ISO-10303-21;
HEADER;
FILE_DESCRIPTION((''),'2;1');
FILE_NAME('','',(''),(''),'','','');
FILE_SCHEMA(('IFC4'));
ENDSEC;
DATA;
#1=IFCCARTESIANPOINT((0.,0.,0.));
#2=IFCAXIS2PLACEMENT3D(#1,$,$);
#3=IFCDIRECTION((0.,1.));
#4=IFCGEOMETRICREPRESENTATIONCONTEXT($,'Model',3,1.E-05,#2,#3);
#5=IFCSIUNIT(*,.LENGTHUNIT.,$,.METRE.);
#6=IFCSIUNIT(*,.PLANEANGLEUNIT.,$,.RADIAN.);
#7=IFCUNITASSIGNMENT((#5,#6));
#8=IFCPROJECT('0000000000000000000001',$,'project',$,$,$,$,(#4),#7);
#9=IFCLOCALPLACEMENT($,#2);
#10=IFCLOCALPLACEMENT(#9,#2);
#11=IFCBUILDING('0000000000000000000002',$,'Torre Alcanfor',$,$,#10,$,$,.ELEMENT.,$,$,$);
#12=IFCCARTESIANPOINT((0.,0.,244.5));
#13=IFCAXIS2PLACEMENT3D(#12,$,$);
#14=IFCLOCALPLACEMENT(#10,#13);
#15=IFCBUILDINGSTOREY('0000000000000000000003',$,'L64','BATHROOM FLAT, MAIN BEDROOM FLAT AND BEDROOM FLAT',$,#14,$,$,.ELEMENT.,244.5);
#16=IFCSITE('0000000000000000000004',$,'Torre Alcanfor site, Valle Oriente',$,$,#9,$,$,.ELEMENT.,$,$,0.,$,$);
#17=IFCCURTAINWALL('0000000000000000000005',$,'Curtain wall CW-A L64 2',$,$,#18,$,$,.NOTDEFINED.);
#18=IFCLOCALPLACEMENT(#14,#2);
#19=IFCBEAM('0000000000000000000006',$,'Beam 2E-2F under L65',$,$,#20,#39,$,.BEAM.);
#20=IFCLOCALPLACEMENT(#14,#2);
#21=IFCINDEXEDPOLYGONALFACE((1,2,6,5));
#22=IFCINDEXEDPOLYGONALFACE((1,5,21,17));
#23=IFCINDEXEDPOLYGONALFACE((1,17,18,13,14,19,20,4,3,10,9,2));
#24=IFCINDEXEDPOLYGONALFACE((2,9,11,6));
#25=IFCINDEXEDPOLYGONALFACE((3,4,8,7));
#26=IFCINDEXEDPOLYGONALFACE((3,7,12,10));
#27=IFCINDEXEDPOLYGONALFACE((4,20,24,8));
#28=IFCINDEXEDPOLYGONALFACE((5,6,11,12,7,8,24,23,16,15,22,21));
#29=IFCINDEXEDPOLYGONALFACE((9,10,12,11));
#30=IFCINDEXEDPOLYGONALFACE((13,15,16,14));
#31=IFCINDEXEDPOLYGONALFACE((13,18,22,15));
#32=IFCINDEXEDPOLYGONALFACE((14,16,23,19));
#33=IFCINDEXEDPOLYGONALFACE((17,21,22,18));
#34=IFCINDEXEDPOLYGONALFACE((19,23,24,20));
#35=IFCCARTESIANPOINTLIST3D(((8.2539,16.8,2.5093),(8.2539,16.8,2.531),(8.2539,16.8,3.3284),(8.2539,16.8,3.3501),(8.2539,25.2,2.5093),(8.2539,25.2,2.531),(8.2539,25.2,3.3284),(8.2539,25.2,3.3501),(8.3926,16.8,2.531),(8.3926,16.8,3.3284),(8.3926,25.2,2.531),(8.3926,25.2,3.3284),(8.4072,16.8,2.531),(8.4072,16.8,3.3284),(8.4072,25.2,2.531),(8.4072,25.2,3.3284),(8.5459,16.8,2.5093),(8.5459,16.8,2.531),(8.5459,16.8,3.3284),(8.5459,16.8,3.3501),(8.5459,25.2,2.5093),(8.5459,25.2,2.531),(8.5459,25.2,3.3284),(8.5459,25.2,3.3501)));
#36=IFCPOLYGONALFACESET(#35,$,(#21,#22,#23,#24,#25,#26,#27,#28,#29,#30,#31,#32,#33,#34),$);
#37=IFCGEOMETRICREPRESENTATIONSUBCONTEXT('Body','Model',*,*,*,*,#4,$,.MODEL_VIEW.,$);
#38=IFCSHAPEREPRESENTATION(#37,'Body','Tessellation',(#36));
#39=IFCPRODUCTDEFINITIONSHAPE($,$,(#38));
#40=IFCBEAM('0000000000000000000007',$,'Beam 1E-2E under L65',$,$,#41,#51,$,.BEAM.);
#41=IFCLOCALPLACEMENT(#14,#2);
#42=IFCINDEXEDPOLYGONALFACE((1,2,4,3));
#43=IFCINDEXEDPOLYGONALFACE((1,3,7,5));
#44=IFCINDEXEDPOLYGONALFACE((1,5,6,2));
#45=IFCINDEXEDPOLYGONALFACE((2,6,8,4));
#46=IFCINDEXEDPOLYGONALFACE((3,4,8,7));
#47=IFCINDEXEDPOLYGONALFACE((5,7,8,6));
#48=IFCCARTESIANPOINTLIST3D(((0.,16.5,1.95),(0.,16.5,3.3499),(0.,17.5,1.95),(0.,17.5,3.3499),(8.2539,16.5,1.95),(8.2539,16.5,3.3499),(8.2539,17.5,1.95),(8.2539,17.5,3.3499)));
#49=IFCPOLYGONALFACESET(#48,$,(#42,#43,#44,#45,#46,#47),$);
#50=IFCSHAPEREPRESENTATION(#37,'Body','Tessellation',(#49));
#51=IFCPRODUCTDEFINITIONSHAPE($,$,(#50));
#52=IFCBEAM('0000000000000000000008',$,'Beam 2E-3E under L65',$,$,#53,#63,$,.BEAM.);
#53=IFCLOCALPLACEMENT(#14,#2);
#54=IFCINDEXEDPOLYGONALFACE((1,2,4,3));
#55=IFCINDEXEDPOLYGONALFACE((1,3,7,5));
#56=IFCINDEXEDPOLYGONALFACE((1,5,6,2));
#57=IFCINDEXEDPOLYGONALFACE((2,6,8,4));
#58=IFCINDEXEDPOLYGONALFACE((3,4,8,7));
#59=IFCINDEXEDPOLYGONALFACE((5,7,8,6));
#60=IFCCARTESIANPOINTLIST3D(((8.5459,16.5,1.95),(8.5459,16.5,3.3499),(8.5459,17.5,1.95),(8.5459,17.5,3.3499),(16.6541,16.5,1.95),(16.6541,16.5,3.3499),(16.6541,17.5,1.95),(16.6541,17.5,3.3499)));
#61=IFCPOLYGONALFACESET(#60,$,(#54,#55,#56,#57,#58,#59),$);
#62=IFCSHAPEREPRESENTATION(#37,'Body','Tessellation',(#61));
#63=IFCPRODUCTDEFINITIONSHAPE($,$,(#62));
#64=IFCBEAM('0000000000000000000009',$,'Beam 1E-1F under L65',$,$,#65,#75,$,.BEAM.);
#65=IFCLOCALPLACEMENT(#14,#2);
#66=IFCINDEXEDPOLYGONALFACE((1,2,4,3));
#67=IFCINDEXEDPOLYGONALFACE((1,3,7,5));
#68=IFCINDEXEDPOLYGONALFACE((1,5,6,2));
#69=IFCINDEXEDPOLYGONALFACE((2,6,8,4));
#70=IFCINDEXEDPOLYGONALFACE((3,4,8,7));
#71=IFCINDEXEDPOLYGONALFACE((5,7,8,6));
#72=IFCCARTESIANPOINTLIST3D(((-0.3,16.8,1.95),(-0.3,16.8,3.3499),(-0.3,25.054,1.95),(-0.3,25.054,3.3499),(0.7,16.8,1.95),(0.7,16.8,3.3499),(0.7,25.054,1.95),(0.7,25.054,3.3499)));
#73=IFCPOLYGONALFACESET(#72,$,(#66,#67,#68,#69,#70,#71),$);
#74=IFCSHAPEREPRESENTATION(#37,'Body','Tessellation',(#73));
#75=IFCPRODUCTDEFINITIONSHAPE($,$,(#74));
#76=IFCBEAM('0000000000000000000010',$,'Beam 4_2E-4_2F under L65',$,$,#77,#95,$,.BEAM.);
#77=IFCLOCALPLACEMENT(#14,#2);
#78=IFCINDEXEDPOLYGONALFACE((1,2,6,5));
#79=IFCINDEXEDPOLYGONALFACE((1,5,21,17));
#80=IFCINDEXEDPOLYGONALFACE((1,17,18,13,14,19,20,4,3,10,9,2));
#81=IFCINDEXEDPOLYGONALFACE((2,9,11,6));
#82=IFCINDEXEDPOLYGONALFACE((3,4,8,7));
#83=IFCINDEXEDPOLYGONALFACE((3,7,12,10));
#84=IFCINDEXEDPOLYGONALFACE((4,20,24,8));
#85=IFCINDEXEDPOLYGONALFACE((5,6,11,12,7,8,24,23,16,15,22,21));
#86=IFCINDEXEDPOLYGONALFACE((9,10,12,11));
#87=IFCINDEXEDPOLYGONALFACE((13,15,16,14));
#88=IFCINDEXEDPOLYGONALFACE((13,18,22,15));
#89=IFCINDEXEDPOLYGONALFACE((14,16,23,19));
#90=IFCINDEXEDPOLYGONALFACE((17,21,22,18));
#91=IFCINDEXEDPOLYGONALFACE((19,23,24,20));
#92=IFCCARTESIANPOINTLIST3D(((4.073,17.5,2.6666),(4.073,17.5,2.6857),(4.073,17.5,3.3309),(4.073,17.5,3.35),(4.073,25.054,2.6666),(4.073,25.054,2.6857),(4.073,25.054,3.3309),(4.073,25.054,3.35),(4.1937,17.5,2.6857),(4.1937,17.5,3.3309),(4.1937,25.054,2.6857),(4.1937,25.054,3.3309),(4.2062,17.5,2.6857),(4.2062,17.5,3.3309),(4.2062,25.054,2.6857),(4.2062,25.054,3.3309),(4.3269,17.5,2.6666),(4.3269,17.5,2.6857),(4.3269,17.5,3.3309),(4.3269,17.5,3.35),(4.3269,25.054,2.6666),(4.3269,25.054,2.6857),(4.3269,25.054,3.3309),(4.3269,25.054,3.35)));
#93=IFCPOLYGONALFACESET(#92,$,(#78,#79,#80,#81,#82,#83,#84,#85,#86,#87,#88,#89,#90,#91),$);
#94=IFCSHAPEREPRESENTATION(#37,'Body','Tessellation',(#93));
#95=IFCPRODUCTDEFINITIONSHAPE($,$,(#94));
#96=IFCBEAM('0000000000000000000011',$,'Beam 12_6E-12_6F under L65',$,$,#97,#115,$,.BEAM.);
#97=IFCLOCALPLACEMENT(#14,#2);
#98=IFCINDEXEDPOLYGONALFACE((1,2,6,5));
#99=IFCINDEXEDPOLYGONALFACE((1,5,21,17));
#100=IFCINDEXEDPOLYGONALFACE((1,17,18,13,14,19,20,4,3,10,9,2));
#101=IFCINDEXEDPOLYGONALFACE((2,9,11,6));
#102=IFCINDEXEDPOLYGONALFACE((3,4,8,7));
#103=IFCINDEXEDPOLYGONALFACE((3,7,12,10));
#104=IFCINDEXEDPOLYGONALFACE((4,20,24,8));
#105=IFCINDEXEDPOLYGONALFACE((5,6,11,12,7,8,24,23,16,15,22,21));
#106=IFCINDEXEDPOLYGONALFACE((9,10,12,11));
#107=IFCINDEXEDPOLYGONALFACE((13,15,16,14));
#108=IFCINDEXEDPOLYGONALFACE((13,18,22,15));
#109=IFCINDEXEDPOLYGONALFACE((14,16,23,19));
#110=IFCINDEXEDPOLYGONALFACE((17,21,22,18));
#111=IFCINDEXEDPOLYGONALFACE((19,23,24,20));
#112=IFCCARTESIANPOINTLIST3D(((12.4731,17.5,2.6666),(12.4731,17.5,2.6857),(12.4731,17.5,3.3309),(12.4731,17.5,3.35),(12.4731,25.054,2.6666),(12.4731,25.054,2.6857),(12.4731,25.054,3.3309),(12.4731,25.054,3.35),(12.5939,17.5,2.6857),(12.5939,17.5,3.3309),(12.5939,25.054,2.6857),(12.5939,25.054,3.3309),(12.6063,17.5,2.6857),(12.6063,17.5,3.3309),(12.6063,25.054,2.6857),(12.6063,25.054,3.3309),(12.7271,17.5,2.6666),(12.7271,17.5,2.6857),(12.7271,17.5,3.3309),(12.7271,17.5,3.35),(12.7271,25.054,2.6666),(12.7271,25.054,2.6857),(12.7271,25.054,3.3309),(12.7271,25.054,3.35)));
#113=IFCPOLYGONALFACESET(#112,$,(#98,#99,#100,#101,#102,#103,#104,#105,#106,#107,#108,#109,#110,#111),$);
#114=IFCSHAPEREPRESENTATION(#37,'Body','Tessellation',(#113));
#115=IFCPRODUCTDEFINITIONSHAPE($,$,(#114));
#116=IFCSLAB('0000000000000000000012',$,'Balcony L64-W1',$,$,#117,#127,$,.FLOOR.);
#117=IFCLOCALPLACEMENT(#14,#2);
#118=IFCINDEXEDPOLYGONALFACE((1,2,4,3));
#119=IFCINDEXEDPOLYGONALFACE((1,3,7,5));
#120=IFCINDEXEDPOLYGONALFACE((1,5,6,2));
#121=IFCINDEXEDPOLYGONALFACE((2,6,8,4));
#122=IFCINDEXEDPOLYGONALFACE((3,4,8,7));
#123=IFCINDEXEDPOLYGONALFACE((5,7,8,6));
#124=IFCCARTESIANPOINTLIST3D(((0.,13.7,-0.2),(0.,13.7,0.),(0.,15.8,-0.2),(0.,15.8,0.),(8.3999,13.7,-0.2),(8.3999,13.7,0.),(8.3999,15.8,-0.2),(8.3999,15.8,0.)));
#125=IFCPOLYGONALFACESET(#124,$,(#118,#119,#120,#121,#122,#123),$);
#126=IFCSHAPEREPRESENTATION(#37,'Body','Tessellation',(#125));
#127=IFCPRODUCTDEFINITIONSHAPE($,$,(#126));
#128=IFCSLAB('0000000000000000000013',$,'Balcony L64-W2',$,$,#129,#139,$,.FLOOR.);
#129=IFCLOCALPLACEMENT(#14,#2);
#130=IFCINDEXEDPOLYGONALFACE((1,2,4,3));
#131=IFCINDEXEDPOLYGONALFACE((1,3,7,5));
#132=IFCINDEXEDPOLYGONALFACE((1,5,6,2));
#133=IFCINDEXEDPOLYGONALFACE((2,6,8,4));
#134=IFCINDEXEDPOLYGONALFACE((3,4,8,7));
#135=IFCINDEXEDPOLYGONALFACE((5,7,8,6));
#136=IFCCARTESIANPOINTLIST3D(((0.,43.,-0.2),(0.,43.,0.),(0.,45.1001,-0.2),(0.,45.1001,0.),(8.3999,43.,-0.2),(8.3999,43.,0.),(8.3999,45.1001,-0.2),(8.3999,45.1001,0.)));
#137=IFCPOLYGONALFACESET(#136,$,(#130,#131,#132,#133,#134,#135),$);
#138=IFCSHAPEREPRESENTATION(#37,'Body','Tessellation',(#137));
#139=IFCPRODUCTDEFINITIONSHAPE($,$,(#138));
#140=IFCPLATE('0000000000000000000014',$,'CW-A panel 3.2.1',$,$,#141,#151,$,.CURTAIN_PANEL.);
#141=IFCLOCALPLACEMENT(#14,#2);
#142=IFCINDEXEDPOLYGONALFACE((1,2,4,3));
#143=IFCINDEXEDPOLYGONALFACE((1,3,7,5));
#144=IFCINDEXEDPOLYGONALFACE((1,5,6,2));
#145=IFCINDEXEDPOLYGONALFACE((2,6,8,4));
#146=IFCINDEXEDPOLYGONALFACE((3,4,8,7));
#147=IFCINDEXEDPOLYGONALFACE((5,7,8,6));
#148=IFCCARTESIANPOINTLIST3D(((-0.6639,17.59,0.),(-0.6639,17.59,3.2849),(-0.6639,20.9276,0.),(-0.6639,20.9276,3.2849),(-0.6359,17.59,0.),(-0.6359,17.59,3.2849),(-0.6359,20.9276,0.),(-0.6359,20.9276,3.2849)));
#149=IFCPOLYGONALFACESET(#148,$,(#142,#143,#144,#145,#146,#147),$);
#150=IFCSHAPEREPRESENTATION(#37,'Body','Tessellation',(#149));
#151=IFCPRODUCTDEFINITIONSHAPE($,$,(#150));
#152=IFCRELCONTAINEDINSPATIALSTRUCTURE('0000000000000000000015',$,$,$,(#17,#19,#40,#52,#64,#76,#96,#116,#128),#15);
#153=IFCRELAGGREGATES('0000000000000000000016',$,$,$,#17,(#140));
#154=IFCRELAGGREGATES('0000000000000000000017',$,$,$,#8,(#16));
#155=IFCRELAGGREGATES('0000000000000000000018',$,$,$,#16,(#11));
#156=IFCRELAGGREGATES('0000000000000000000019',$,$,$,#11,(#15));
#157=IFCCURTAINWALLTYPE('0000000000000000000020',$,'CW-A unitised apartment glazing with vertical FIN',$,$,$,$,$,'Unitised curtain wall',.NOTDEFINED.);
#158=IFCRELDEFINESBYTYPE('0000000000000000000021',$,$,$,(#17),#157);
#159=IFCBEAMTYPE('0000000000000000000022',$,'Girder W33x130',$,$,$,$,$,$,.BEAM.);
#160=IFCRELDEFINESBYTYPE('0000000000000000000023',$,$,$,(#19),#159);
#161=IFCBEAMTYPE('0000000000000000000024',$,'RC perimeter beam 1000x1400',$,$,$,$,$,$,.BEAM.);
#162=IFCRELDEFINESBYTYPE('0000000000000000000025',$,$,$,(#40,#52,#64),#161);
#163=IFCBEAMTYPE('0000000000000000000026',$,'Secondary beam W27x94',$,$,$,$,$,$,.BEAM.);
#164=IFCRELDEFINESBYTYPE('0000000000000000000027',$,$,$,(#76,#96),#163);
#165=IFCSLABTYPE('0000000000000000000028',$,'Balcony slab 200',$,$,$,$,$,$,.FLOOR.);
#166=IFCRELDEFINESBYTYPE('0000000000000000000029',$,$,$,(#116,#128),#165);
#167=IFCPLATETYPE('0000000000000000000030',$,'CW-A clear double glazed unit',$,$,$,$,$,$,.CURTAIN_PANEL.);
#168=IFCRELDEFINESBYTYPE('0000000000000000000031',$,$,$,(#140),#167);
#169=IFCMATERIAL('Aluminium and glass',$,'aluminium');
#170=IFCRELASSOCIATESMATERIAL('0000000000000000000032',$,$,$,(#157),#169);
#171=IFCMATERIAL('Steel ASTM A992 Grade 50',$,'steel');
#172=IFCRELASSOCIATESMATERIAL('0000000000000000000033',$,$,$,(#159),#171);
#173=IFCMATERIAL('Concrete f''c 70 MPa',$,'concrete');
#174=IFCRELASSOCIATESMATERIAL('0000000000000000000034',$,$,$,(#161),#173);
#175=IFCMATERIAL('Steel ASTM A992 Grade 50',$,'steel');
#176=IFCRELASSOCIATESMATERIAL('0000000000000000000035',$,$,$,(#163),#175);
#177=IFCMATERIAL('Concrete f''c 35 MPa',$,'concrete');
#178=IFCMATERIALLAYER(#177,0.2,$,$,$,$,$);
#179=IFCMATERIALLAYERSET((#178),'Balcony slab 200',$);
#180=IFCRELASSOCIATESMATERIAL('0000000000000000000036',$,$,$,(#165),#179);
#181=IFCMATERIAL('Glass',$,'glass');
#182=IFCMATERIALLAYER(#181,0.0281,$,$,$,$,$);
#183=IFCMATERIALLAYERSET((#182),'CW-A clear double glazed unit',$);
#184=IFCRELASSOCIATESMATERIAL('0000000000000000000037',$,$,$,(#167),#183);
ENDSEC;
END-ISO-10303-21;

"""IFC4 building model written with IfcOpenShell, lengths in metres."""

from ifc_helpers import new_model, si_unit, direction, frame, origin, origin_2d, place, context, subcontext, project, spatial, polyline, rectangle, i_section, outline, extrude, material, layer, layer_set, material_profile, profile_set, type_object, element, aggregate, save


model = new_model("IFC4")

# Units and contexts
model_context = context("Model", 3, precision=1e-05, world=origin(), true_north=direction((0.0, 1.0)))
body_context = subcontext(model_context, "Body", "Model", "MODEL_VIEW")
ifc_project = project(units=[si_unit("LENGTHUNIT", "METRE"), si_unit("PLANEANGLEUNIT", "RADIAN")], contexts=[model_context])

# Site, building, storey
site_placement = place(None, origin())
site = spatial("IfcSite", under=ifc_project, at=site_placement, Name="Torre Alcanfor site, Valle Oriente", CompositionType="ELEMENT", RefElevation=0.0)
building_placement = place(site_placement, origin())
building = spatial("IfcBuilding", under=site, at=building_placement, Name="Torre Alcanfor", CompositionType="ELEMENT")
storey_placement = place(building_placement, frame((0.0, 0.0, 244.5)))
storey = spatial("IfcBuildingStorey", under=building, at=storey_placement, Name="L64", Description="BATHROOM FLAT, MAIN BEDROOM FLAT AND BEDROOM FLAT", CompositionType="ELEMENT", Elevation=244.5)

# Curtain wall
ifc_material_1 = material(Name="Aluminium and glass", Category="aluminium")
curtain_wall_type = type_object("IfcCurtainWallType", Name="CW-A unitised apartment glazing with vertical FIN", ElementType="Unitised curtain wall", PredefinedType="NOTDEFINED", material=ifc_material_1)
curtain_wall_placement = place(storey_placement, origin())
curtain_wall = element("IfcCurtainWall", 1, at=curtain_wall_placement, inside=storey, type_object=curtain_wall_type, Name="Curtain wall CW-A L64 2", PredefinedType="NOTDEFINED")

# Beams
ifc_material_2 = material(Name="Steel ASTM A992 Grade 50", Category="steel")
ifc_material_profile_1 = material_profile(ifc_material_2, i_section(OverallWidth=0.292, OverallDepth=0.8408, WebThickness=0.0146, FlangeThickness=0.0217, at=origin_2d()), Name="W33x130")
ifc_profile_set_1 = profile_set([ifc_material_profile_1], Name="Steel ASTM A992 Grade 50")
beam_type_1 = type_object("IfcBeamType", Name="Girder W33x130", PredefinedType="BEAM", material=ifc_profile_set_1)
beam_1_placement = place(storey_placement, frame((8.3999, 16.8, 2.9297), z_axis=(0.0, 1.0, 0.0), x_axis=(-1.0, 0.0, 0.0)))
element("IfcBeam", 2, at=beam_1_placement, inside=storey, type_object=beam_type_1, Name="Beam 2E-2F under L65", PredefinedType="BEAM", context=body_context, shape_type="SweptSolid", body=[
    extrude(i_section(OverallWidth=0.292, OverallDepth=0.8408, WebThickness=0.0146, FlangeThickness=0.0217, at=origin_2d()), origin(), (0.0, 0.0, 1.0), 8.3999),
])
ifc_material_3 = material(Name="Concrete f'c 70 MPa", Category="concrete")
ifc_material_profile_2 = material_profile(ifc_material_3, rectangle(XDim=1.0, YDim=1.3999, at=origin_2d()), Name="1000x1400")
ifc_profile_set_2 = profile_set([ifc_material_profile_2], Name="Concrete f'c 70 MPa")
beam_type_2 = type_object("IfcBeamType", Name="RC perimeter beam 1000x1400", PredefinedType="BEAM", material=ifc_profile_set_2)
beam_2_placement = place(storey_placement, frame((0.0, 17.0, 2.6499), z_axis=(1.0, 0.0, 0.0), x_axis=(0.0, 1.0, 0.0)))
element("IfcBeam", 3, at=beam_2_placement, inside=storey, type_object=beam_type_2, Name="Beam 1E-2E under L65", PredefinedType="BEAM", context=body_context, shape_type="SweptSolid", body=[
    extrude(rectangle(XDim=1.0, YDim=1.3999, at=origin_2d()), origin(), (0.0, 0.0, 1.0), 8.2539),
])
beam_3_placement = place(storey_placement, frame((8.5459, 17.0, 2.6499), z_axis=(1.0, 0.0, 0.0), x_axis=(0.0, 1.0, 0.0)))
element("IfcBeam", 4, at=beam_3_placement, inside=storey, type_object=beam_type_2, Name="Beam 2E-3E under L65", PredefinedType="BEAM", context=body_context, shape_type="SweptSolid", body=[
    extrude(rectangle(XDim=1.0, YDim=1.3999, at=origin_2d()), origin(), (0.0, 0.0, 1.0), 8.1082),
])
beam_4_placement = place(storey_placement, frame((0.2, 16.8, 2.6499), z_axis=(0.0, 1.0, 0.0), x_axis=(-1.0, 0.0, 0.0)))
element("IfcBeam", 5, at=beam_4_placement, inside=storey, type_object=beam_type_2, Name="Beam 1E-1F under L65", PredefinedType="BEAM", context=body_context, shape_type="SweptSolid", body=[
    extrude(rectangle(XDim=1.0, YDim=1.3999, at=origin_2d()), origin(), (0.0, 0.0, 1.0), 8.2539),
])
ifc_material_4 = material(Name="Steel ASTM A992 Grade 50", Category="steel")
ifc_material_profile_3 = material_profile(ifc_material_4, i_section(OverallWidth=0.2539, OverallDepth=0.6833, WebThickness=0.0125, FlangeThickness=0.019, at=origin_2d()), Name="W27x94")
ifc_profile_set_3 = profile_set([ifc_material_profile_3], Name="Steel ASTM A992 Grade 50")
beam_type_3 = type_object("IfcBeamType", Name="Secondary beam W27x94", PredefinedType="BEAM", material=ifc_profile_set_3)
for number, where, z_axis, x_axis, name in (
    (6, (4.2, 17.5, 3.0083), (0.0, 1.0, 0.0), (-1.0, 0.0, 0.0), "Beam 4_2E-4_2F under L65"),
    (7, (12.6001, 17.5, 3.0083), (0.0, 1.0, 0.0), (-1.0, 0.0, 0.0), "Beam 12_6E-12_6F under L65"),
):
    element("IfcBeam", number, at=place(storey_placement, frame(where, z_axis=z_axis, x_axis=x_axis)), inside=storey, type_object=beam_type_3, Name=name, PredefinedType="BEAM", context=body_context, shape_type="SweptSolid", body=[
        extrude(i_section(OverallWidth=0.2539, OverallDepth=0.6833, WebThickness=0.0125, FlangeThickness=0.019, at=origin_2d()), origin(), (0.0, 0.0, 1.0), 7.554),
    ])

# Slabs
ifc_material_5 = material(Name="Concrete f'c 35 MPa", Category="concrete")
ifc_layer_1 = layer(ifc_material_5, 0.2)
ifc_layer_set_1 = layer_set([ifc_layer_1], Name="Balcony slab 200")
slab_type_1 = type_object("IfcSlabType", Name="Balcony slab 200", PredefinedType="FLOOR", material=ifc_layer_set_1)
slab_1_placement = place(storey_placement, frame((0.0, 0.0, -0.2)))
element("IfcSlab", 8, at=slab_1_placement, inside=storey, type_object=slab_type_1, Name="Balcony L64-W1", PredefinedType="FLOOR", context=body_context, shape_type="SweptSolid", body=[
    extrude(outline(polyline([(8.3999, 15.8), (0.0, 15.8), (0.0, 13.7), (8.3999, 13.7), (8.3999, 15.8)])), origin(), (0.0, 0.0, 1.0), 0.2),
])
slab_2_placement = place(storey_placement, frame((0.0, 0.0, -0.2)))
element("IfcSlab", 9, at=slab_2_placement, inside=storey, type_object=slab_type_1, Name="Balcony L64-W2", PredefinedType="FLOOR", context=body_context, shape_type="SweptSolid", body=[
    extrude(outline(polyline([(8.3999, 45.1001), (0.0, 45.1001), (0.0, 43.0), (8.3999, 43.0), (8.3999, 45.1001)])), origin(), (0.0, 0.0, 1.0), 0.2),
])

# Plate
ifc_material_6 = material(Name="Glass", Category="glass")
ifc_layer_2 = layer(ifc_material_6, 0.0281)
ifc_layer_set_2 = layer_set([ifc_layer_2], Name="CW-A clear double glazed unit")
plate_type = type_object("IfcPlateType", Name="CW-A clear double glazed unit", PredefinedType="CURTAIN_PANEL", material=ifc_layer_set_2)
plate_placement = place(storey_placement, frame((-0.6499, 19.2588, 0.0), z_axis=(0.0, 0.0, 1.0), x_axis=(0.0, -1.0, 0.0)))
plate = element("IfcPlate", 10, at=plate_placement, type_object=plate_type, Name="CW-A panel 3.2.1", PredefinedType="CURTAIN_PANEL", context=body_context, shape_type="SweptSolid", body=[
    extrude(rectangle(XDim=3.3376, YDim=0.0281, at=origin_2d()), origin(), (0.0, 0.0, 1.0), 3.2849),
])
aggregate(curtain_wall, [plate])

save(model, "model.ifc")
